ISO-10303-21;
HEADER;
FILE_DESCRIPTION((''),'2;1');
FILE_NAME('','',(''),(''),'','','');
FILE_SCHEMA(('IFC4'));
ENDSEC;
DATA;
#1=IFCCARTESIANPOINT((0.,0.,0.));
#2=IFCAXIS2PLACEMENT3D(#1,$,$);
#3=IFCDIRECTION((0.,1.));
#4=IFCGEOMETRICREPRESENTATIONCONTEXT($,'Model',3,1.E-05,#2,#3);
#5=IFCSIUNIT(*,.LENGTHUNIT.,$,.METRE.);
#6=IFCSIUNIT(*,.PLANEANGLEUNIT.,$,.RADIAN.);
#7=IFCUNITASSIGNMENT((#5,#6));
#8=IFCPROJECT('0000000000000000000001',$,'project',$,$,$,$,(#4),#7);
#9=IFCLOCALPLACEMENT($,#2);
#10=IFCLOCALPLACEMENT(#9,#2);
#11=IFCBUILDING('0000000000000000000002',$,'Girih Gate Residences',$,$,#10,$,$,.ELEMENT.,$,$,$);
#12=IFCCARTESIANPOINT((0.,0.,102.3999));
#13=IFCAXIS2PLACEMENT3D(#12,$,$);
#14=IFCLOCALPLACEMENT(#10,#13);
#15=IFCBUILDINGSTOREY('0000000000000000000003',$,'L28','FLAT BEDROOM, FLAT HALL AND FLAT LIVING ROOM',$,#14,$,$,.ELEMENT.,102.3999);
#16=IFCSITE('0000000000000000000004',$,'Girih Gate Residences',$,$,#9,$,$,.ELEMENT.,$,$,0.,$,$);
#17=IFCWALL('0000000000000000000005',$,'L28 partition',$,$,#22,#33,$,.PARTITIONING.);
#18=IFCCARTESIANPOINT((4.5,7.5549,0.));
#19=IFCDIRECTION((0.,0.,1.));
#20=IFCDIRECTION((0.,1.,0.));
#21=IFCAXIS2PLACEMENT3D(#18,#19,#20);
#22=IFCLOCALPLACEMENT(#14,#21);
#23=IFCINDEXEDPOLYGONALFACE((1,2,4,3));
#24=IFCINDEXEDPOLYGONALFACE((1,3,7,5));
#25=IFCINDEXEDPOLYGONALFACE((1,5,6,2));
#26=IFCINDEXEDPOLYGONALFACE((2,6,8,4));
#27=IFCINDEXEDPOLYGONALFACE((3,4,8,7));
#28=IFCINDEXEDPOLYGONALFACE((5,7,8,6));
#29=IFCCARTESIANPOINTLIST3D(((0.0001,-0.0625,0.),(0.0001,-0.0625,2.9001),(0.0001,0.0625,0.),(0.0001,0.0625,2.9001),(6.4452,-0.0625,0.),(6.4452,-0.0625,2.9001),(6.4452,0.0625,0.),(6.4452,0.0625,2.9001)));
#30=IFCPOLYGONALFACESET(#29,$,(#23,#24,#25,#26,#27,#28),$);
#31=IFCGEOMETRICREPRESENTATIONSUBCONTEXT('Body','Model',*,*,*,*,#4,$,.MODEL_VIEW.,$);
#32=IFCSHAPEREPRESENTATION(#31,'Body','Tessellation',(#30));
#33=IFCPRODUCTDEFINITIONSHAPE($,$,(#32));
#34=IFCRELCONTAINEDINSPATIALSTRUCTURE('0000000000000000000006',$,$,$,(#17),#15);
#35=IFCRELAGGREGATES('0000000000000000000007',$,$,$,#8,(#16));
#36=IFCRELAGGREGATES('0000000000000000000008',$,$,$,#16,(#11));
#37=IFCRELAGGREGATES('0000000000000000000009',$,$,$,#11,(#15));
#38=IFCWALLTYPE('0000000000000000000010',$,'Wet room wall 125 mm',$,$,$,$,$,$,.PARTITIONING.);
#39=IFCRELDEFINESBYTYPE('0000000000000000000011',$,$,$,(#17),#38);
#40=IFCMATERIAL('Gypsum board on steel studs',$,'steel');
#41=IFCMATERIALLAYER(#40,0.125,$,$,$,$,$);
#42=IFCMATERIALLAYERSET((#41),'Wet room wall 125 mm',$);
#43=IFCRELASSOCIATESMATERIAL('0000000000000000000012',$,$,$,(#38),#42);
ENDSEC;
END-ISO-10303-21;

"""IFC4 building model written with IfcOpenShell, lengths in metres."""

from ifc_helpers import new_model, si_unit, direction, frame, frame_2d, origin, place, context, subcontext, project, spatial, rectangle, extrude, material, layer, layer_set, type_object, element, save


model = new_model("IFC4")

# Units and contexts
model_context = context("Model", 3, precision=1e-05, world=origin(), true_north=direction((0.0, 1.0)))
body_context = subcontext(model_context, "Body", "Model", "MODEL_VIEW")
ifc_project = project(units=[si_unit("LENGTHUNIT", "METRE"), si_unit("PLANEANGLEUNIT", "RADIAN")], contexts=[model_context])

# Site, building, storey
site_placement = place(None, origin())
site = spatial("IfcSite", under=ifc_project, at=site_placement, Name="Girih Gate Residences", CompositionType="ELEMENT", RefElevation=0.0)
building_placement = place(site_placement, origin())
building = spatial("IfcBuilding", under=site, at=building_placement, Name="Girih Gate Residences", CompositionType="ELEMENT")
storey_placement = place(building_placement, frame((0.0, 0.0, 102.3999)))
storey = spatial("IfcBuildingStorey", under=building, at=storey_placement, Name="L28", Description="FLAT BEDROOM, FLAT HALL AND FLAT LIVING ROOM", CompositionType="ELEMENT", Elevation=102.3999)

# Shared definitions
ifc_material_1 = material(Name="Gypsum board on steel studs", Category="steel")

# Shared definitions
ifc_layer_1 = layer(ifc_material_1, 0.125)
ifc_layer_set_1 = layer_set([ifc_layer_1], Name="Wet room wall 125 mm")
wall_type_1 = type_object("IfcWallType", Name="Wet room wall 125 mm", PredefinedType="PARTITIONING", material=ifc_layer_set_1)

# Wall
wall_1_placement = place(storey_placement, frame((4.5, 7.5549, 0.0), z_axis=(0.0, 0.0, 1.0), x_axis=(0.0, 1.0, 0.0)))
element("IfcWall", 1, at=wall_1_placement, inside=storey, type_object=wall_type_1, Name="L28 partition", PredefinedType="PARTITIONING", context=body_context, shape_type="SweptSolid", body=[
    extrude(rectangle(XDim=6.4451, YDim=0.125, at=frame_2d((3.2227, 0.0))), origin(), (0.0, 0.0, 1.0), 2.9001),
])

save(model, "model.ifc")
